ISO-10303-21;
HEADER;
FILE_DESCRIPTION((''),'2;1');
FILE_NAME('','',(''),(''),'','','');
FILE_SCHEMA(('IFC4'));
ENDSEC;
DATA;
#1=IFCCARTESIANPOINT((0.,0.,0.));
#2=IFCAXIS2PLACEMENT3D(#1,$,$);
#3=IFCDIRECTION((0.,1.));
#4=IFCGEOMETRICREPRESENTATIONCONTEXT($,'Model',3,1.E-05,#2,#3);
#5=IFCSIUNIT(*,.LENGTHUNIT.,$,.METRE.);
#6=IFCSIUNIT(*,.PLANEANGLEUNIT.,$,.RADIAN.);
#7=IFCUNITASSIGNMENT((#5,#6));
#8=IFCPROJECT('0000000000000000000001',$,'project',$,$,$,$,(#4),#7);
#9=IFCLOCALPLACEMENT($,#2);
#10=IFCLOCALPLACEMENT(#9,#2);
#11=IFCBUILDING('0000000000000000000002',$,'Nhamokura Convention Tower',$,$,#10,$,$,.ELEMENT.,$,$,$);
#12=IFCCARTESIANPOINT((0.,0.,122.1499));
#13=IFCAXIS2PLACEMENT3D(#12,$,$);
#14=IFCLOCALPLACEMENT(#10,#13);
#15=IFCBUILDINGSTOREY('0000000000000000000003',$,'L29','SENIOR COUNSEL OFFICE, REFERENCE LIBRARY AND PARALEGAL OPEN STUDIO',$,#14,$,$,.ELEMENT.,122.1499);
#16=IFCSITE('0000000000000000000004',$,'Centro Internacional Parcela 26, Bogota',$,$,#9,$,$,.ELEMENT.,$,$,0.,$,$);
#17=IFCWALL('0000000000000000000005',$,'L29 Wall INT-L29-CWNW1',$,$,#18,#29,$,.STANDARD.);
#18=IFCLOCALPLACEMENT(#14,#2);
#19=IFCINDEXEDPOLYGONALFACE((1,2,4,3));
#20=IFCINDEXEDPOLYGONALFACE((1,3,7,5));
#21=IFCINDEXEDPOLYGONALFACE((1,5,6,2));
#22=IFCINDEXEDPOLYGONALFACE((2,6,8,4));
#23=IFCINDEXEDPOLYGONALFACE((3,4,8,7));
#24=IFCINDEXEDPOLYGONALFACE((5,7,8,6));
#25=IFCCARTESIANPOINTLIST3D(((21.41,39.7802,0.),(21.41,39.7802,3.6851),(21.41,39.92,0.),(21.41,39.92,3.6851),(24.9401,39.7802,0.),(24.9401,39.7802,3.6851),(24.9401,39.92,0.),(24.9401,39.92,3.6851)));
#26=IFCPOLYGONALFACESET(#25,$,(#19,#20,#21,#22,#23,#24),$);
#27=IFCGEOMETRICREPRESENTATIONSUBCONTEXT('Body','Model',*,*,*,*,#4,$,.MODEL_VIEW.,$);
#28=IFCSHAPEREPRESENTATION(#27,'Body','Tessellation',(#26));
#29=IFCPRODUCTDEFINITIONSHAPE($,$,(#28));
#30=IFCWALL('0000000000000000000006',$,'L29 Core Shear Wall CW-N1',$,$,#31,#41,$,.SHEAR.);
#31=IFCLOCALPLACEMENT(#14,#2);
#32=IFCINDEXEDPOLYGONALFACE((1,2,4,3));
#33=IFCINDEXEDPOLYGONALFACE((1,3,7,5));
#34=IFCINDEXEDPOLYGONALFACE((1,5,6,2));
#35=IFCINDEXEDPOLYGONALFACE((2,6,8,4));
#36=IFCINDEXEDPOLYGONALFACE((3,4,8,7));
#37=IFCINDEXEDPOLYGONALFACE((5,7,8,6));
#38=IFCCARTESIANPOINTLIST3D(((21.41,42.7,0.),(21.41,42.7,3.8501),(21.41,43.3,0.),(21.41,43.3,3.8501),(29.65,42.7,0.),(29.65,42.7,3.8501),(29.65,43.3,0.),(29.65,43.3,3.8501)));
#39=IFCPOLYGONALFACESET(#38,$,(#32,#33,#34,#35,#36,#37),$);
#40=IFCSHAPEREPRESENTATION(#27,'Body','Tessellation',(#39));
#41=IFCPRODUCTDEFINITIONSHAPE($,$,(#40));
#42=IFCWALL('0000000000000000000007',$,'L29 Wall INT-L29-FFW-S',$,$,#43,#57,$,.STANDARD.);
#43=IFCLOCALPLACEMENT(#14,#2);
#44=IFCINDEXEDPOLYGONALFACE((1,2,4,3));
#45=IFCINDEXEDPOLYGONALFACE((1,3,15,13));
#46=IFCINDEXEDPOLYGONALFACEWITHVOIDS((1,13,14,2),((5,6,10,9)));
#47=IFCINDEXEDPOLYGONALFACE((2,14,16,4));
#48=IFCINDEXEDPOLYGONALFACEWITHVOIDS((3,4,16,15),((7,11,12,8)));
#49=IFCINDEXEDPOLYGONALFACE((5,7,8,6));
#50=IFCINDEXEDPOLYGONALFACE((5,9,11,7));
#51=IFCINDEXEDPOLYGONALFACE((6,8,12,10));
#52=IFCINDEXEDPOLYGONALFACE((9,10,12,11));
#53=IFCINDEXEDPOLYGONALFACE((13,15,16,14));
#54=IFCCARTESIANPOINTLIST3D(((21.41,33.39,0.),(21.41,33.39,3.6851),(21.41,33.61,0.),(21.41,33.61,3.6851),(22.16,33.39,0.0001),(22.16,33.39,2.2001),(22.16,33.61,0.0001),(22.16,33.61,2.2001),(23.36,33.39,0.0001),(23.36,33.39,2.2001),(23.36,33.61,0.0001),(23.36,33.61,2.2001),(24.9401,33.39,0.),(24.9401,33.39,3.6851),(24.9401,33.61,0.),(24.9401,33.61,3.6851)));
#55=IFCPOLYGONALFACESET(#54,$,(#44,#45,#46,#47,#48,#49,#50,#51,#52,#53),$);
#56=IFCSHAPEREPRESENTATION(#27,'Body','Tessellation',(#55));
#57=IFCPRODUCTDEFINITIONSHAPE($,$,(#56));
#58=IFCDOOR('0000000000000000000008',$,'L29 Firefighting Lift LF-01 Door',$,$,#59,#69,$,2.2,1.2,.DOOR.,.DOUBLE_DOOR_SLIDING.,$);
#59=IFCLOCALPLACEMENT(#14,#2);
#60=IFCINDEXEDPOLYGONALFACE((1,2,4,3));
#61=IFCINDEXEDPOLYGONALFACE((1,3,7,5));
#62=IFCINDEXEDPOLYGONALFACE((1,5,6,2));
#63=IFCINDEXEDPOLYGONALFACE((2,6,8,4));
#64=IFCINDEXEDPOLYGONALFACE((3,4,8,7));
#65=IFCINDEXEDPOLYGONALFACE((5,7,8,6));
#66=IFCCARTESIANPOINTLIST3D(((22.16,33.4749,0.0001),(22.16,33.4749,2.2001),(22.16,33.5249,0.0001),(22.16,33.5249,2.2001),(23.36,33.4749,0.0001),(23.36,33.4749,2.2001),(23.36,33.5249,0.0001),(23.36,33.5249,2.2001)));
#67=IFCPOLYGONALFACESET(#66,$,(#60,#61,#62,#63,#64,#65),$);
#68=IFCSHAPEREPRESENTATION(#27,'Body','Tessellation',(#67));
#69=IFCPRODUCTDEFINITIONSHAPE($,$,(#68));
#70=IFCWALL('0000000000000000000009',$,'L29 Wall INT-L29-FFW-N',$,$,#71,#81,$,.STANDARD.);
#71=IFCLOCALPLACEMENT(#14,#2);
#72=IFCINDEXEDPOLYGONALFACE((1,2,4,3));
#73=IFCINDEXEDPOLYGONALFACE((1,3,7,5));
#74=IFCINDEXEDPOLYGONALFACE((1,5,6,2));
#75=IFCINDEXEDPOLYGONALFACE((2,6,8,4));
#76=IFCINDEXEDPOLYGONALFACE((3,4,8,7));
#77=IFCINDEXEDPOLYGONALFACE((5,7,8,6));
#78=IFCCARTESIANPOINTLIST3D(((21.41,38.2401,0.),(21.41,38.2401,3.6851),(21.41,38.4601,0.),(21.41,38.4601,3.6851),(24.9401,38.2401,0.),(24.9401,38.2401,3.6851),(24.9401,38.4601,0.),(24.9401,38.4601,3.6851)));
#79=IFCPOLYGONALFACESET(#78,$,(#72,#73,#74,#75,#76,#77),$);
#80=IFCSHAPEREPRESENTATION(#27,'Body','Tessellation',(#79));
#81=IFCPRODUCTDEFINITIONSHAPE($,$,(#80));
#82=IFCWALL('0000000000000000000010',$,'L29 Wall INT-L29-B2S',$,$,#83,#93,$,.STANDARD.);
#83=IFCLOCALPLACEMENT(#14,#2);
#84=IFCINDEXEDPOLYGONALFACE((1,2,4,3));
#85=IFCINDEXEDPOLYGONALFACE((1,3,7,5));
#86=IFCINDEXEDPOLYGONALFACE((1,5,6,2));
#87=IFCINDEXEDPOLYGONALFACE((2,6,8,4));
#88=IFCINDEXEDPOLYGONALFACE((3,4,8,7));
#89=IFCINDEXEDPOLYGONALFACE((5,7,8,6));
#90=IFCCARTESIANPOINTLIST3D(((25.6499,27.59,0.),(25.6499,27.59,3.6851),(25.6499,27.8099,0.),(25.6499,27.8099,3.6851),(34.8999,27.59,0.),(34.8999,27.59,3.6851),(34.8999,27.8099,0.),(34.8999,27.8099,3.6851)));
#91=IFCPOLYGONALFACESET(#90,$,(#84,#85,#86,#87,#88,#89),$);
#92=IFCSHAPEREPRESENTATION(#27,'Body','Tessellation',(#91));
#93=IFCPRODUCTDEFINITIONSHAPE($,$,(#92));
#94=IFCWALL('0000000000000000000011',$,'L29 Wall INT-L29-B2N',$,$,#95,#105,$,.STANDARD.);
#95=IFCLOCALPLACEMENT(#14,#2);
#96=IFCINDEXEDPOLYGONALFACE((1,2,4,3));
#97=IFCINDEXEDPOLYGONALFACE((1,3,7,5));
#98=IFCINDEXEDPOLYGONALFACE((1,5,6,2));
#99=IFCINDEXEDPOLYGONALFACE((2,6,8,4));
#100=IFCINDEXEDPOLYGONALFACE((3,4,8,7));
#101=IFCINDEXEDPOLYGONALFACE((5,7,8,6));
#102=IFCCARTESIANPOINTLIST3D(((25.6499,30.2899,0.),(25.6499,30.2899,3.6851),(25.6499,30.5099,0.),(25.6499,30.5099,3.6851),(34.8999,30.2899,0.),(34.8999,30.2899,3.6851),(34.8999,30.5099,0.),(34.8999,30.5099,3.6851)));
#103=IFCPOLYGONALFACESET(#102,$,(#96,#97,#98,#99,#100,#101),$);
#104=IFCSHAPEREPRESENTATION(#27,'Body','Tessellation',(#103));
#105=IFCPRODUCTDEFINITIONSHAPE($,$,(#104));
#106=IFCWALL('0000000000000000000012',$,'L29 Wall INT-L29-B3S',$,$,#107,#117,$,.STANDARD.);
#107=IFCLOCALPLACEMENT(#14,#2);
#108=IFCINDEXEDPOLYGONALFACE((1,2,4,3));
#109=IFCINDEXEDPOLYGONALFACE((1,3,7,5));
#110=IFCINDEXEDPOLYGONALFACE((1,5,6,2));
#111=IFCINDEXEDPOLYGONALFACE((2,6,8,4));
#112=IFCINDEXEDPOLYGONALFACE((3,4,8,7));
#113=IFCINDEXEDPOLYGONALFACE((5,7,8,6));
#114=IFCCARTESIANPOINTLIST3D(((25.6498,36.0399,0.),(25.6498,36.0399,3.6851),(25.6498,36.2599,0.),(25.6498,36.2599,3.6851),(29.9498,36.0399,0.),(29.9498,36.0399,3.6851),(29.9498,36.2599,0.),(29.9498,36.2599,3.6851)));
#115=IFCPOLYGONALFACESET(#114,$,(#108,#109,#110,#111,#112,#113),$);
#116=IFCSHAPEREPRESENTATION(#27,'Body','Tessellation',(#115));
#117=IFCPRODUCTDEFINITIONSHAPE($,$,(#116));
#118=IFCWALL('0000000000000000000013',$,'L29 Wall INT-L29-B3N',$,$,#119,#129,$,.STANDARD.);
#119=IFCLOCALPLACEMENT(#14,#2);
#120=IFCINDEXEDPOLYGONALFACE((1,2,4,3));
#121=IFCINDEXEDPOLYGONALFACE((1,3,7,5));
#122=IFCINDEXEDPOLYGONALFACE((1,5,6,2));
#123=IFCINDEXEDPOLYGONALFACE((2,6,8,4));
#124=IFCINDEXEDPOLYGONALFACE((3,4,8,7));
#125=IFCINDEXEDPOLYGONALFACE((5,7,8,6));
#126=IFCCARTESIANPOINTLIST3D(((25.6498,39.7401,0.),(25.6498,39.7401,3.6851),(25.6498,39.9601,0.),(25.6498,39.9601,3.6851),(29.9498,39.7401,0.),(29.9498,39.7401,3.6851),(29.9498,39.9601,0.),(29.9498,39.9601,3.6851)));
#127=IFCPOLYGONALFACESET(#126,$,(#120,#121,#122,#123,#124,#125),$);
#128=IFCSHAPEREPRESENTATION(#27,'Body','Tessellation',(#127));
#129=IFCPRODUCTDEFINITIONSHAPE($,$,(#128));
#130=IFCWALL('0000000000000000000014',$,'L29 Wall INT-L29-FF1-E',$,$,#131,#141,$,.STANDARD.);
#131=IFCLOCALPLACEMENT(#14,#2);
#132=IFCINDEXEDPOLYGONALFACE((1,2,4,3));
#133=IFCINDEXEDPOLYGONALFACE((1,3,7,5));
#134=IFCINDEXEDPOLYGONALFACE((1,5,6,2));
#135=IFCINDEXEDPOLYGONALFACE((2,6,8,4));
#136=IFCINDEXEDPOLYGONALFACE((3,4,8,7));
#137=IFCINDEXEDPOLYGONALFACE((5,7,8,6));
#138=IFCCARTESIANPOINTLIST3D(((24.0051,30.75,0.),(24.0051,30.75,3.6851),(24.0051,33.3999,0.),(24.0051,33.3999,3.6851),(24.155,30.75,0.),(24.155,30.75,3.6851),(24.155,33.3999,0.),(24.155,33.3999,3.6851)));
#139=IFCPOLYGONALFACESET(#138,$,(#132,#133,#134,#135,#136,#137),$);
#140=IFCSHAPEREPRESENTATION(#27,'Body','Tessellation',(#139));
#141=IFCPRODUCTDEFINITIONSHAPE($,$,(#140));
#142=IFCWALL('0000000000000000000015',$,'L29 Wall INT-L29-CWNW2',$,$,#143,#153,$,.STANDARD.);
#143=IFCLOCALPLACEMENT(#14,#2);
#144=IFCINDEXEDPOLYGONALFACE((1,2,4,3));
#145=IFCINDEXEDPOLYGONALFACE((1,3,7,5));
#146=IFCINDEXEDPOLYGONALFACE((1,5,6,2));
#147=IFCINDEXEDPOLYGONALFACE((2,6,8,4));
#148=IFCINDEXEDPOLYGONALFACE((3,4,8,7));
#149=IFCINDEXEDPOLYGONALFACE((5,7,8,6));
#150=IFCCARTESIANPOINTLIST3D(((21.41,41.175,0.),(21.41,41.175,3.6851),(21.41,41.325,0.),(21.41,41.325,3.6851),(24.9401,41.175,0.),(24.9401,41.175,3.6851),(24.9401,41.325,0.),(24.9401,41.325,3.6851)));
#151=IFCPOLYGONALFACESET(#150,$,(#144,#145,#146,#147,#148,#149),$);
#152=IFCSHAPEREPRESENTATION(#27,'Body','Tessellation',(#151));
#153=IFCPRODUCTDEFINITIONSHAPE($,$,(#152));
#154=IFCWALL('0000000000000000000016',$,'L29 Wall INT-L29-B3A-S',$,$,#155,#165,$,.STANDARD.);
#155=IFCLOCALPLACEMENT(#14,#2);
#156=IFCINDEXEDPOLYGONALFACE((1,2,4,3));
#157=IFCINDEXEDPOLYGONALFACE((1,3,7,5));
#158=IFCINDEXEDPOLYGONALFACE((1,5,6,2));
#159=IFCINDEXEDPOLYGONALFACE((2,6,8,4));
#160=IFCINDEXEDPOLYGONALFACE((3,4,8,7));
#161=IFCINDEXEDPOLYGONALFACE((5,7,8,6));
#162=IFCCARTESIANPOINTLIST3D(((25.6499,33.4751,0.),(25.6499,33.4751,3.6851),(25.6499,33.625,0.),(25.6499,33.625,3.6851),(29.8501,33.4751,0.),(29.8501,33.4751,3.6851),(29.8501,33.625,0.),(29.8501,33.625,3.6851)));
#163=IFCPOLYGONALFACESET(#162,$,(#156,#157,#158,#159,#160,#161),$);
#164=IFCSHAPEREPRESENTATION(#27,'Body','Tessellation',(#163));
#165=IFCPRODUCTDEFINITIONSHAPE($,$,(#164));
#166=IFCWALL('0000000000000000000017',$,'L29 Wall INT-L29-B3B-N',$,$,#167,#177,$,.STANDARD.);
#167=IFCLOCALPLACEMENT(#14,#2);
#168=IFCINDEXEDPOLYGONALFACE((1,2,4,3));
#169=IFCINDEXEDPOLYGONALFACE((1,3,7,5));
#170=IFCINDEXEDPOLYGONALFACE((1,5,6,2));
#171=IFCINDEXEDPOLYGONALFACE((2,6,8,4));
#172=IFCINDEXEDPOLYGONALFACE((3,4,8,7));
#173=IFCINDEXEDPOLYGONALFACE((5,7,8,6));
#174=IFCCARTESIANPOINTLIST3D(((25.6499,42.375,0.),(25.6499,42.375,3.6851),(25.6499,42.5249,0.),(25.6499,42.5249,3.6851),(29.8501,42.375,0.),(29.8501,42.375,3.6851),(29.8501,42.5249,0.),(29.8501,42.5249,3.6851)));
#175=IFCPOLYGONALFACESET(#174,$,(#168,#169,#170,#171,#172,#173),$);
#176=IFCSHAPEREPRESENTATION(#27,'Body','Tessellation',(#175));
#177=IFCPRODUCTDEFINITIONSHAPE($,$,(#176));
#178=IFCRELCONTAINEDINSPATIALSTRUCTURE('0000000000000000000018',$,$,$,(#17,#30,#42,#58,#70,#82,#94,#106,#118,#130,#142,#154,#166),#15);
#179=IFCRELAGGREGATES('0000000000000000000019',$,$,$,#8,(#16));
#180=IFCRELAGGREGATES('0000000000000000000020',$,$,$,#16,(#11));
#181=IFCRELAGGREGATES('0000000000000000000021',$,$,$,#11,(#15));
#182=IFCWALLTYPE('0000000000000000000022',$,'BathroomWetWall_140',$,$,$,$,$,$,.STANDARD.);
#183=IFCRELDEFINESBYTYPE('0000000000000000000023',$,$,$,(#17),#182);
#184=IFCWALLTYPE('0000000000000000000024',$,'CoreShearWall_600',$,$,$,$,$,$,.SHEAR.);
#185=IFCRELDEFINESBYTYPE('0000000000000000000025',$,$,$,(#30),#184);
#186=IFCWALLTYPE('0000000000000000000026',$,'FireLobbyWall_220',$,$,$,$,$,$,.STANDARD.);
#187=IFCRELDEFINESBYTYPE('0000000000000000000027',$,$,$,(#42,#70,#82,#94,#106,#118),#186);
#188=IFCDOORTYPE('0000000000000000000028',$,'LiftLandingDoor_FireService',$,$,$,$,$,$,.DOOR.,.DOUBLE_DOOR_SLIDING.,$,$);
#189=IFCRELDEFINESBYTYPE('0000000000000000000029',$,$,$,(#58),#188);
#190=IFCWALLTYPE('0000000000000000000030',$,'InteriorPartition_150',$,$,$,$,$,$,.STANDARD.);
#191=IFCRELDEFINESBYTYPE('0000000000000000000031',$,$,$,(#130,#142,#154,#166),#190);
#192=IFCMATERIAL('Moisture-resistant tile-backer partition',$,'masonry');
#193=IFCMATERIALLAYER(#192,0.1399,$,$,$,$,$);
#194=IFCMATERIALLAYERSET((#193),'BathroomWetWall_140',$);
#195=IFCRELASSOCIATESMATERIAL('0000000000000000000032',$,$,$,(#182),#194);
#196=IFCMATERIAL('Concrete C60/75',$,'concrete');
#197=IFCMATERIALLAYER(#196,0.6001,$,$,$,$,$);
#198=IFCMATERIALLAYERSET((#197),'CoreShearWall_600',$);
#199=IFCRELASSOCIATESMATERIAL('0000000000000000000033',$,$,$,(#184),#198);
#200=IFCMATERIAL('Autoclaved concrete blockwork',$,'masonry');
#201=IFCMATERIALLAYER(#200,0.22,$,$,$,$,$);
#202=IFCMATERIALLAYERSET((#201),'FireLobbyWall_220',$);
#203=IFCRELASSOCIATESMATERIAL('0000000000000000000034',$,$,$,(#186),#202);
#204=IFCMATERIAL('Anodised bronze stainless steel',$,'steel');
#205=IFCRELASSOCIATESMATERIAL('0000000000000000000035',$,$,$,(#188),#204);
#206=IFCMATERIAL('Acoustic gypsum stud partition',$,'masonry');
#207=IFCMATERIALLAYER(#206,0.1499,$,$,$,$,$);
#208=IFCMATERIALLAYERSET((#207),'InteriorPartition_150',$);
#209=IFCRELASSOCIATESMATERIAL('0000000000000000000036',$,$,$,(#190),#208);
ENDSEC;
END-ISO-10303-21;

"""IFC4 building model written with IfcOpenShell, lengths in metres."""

from ifc_helpers import new_model, si_unit, direction, frame, frame_2d, origin, place, context, subcontext, project, spatial, rectangle, extrude, material, layer, layer_set, type_object, element, fill, save


model = new_model("IFC4")

# Units and contexts
model_context = context("Model", 3, precision=1e-05, world=origin(), true_north=direction((0.0, 1.0)))
body_context = subcontext(model_context, "Body", "Model", "MODEL_VIEW")
ifc_project = project(units=[si_unit("LENGTHUNIT", "METRE"), si_unit("PLANEANGLEUNIT", "RADIAN")], contexts=[model_context])

# Site, building, storey
site_placement = place(None, origin())
site = spatial("IfcSite", under=ifc_project, at=site_placement, Name="Centro Internacional Parcela 26, Bogota", CompositionType="ELEMENT", RefElevation=0.0)
building_placement = place(site_placement, origin())
building = spatial("IfcBuilding", under=site, at=building_placement, Name="Nhamokura Convention Tower", CompositionType="ELEMENT")
storey_placement = place(building_placement, frame((0.0, 0.0, 122.1499)))
storey = spatial("IfcBuildingStorey", under=building, at=storey_placement, Name="L29", Description="SENIOR COUNSEL OFFICE, REFERENCE LIBRARY AND PARALEGAL OPEN STUDIO", CompositionType="ELEMENT", Elevation=122.1499)

# Walls
ifc_material_1 = material(Name="Moisture-resistant tile-backer partition", Category="masonry")
ifc_layer_1 = layer(ifc_material_1, 0.1399)
ifc_layer_set_1 = layer_set([ifc_layer_1], Name="BathroomWetWall_140")
wall_type_1 = type_object("IfcWallType", Name="BathroomWetWall_140", PredefinedType="STANDARD", material=ifc_layer_set_1)
wall_1_placement = place(storey_placement, frame((21.4099, 39.8501, 0.0), z_axis=(0.0, 0.0, 1.0), x_axis=(1.0, 0.0, 0.0)))
element("IfcWall", 1, at=wall_1_placement, inside=storey, type_object=wall_type_1, Name="L29 Wall INT-L29-CWNW1", PredefinedType="STANDARD", context=body_context, shape_type="SweptSolid", body=[
    extrude(rectangle(XDim=3.53, YDim=0.1399, at=frame_2d((1.7651, 0.0))), origin(), (0.0, 0.0, 1.0), 3.6851),
])
ifc_material_2 = material(Name="Concrete C60/75", Category="concrete")
ifc_layer_2 = layer(ifc_material_2, 0.6001)
ifc_layer_set_2 = layer_set([ifc_layer_2], Name="CoreShearWall_600")
wall_type_2 = type_object("IfcWallType", Name="CoreShearWall_600", PredefinedType="SHEAR", material=ifc_layer_set_2)
wall_2_placement = place(storey_placement, frame((21.4099, 43.0, 0.0), z_axis=(0.0, 0.0, 1.0), x_axis=(1.0, 0.0, 0.0)))
element("IfcWall", 2, at=wall_2_placement, inside=storey, type_object=wall_type_2, Name="L29 Core Shear Wall CW-N1", PredefinedType="SHEAR", context=body_context, shape_type="SweptSolid", body=[
    extrude(rectangle(XDim=8.24, YDim=0.6001, at=frame_2d((4.1201, 0.0))), origin(), (0.0, 0.0, 1.0), 3.8501),
])

# Wall, opening, door
ifc_material_3 = material(Name="Autoclaved concrete blockwork", Category="masonry")
ifc_layer_3 = layer(ifc_material_3, 0.22)
ifc_layer_set_3 = layer_set([ifc_layer_3], Name="FireLobbyWall_220")
wall_type_3 = type_object("IfcWallType", Name="FireLobbyWall_220", PredefinedType="STANDARD", material=ifc_layer_set_3)
wall_3_placement = place(storey_placement, frame((21.4099, 33.5, 0.0), z_axis=(0.0, 0.0, 1.0), x_axis=(1.0, 0.0, 0.0)))
wall_3 = element("IfcWall", 3, at=wall_3_placement, inside=storey, type_object=wall_type_3, Name="L29 Wall INT-L29-FFW-S", PredefinedType="STANDARD", context=body_context, shape_type="SweptSolid", body=[
    extrude(rectangle(XDim=3.53, YDim=0.22, at=frame_2d((1.7651, 0.0))), origin(), (0.0, 0.0, 1.0), 3.6851),
])
opening_1_placement = place(wall_3_placement, frame((0.75, 0.0, 0.0)))
opening_1 = element("IfcOpeningElement", 4, at=opening_1_placement, cuts=wall_3, PredefinedType="OPENING", context=body_context, shape_type="SweptSolid", body=[
    extrude(rectangle(XDim=1.2, YDim=2.2, at=frame_2d((0.6001, 1.1001))), frame((0.0, 0.1199, 0.0), z_axis=(0.0, -1.0, 0.0), x_axis=(1.0, 0.0, 0.0)), (0.0, 0.0, 1.0), 0.24),
])
ifc_material_4 = material(Name="Anodised bronze stainless steel", Category="steel")
door_type_1 = type_object("IfcDoorType", Name="LiftLandingDoor_FireService", OperationType="DOUBLE_DOOR_SLIDING", PredefinedType="DOOR", material=ifc_material_4)
door_1_placement = place(opening_1_placement, origin())
door_1 = element("IfcDoor", 5, at=door_1_placement, inside=storey, type_object=door_type_1, Name="L29 Firefighting Lift LF-01 Door", OperationType="DOUBLE_DOOR_SLIDING", OverallHeight=2.2, OverallWidth=1.2, PredefinedType="DOOR", context=body_context, shape_type="SweptSolid", body=[
    extrude(rectangle(XDim=1.2, YDim=2.2, at=frame_2d((0.6001, 1.1001))), frame((0.0, 0.0249, 0.0), z_axis=(0.0, -1.0, 0.0), x_axis=(1.0, 0.0, 0.0)), (0.0, 0.0, 1.0), 0.05),
])
fill(opening_1, door_1)

# Walls
wall_4_placement = place(storey_placement, frame((21.4099, 38.3501, 0.0), z_axis=(0.0, 0.0, 1.0), x_axis=(1.0, 0.0, 0.0)))
element("IfcWall", 6, at=wall_4_placement, inside=storey, type_object=wall_type_3, Name="L29 Wall INT-L29-FFW-N", PredefinedType="STANDARD", context=body_context, shape_type="SweptSolid", body=[
    extrude(rectangle(XDim=3.53, YDim=0.22, at=frame_2d((1.7651, 0.0))), origin(), (0.0, 0.0, 1.0), 3.6851),
])
for number, where, z_axis, x_axis, name in (
    (7, (25.6499, 27.7, 0.0), (0.0, 0.0, 1.0), (1.0, 0.0, 0.0), "L29 Wall INT-L29-B2S"),
    (8, (25.6499, 30.3999, 0.0), (0.0, 0.0, 1.0), (1.0, 0.0, 0.0), "L29 Wall INT-L29-B2N"),
):
    element("IfcWall", number, at=place(storey_placement, frame(where, z_axis=z_axis, x_axis=x_axis)), inside=storey, type_object=wall_type_3, Name=name, PredefinedType="STANDARD", context=body_context, shape_type="SweptSolid", body=[
        extrude(rectangle(XDim=9.25, YDim=0.22, at=frame_2d((4.625, 0.0))), origin(), (0.0, 0.0, 1.0), 3.6851),
    ])
for number, where, z_axis, x_axis, name in (
    (9, (25.6499, 36.1499, 0.0), (0.0, 0.0, 1.0), (1.0, 0.0, 0.0), "L29 Wall INT-L29-B3S"),
    (10, (25.6499, 39.8501, 0.0), (0.0, 0.0, 1.0), (1.0, 0.0, 0.0), "L29 Wall INT-L29-B3N"),
):
    element("IfcWall", number, at=place(storey_placement, frame(where, z_axis=z_axis, x_axis=x_axis)), inside=storey, type_object=wall_type_3, Name=name, PredefinedType="STANDARD", context=body_context, shape_type="SweptSolid", body=[
        extrude(rectangle(XDim=4.3, YDim=0.22, at=frame_2d((2.1499, 0.0))), origin(), (0.0, 0.0, 1.0), 3.6851),
    ])
ifc_material_5 = material(Name="Acoustic gypsum stud partition", Category="masonry")
ifc_layer_4 = layer(ifc_material_5, 0.1499)
ifc_layer_set_4 = layer_set([ifc_layer_4], Name="InteriorPartition_150")
wall_type_4 = type_object("IfcWallType", Name="InteriorPartition_150", PredefinedType="STANDARD", material=ifc_layer_set_4)
wall_5_placement = place(storey_placement, frame((24.0801, 30.75, 0.0), z_axis=(0.0, 0.0, 1.0), x_axis=(0.0, 1.0, 0.0)))
element("IfcWall", 11, at=wall_5_placement, inside=storey, type_object=wall_type_4, Name="L29 Wall INT-L29-FF1-E", PredefinedType="STANDARD", context=body_context, shape_type="SweptSolid", body=[
    extrude(rectangle(XDim=2.6499, YDim=0.1499, at=frame_2d((1.325, 0.0))), origin(), (0.0, 0.0, 1.0), 3.6851),
])
wall_6_placement = place(storey_placement, frame((21.4099, 41.25, 0.0), z_axis=(0.0, 0.0, 1.0), x_axis=(1.0, 0.0, 0.0)))
element("IfcWall", 12, at=wall_6_placement, inside=storey, type_object=wall_type_4, Name="L29 Wall INT-L29-CWNW2", PredefinedType="STANDARD", context=body_context, shape_type="SweptSolid", body=[
    extrude(rectangle(XDim=3.53, YDim=0.1499, at=frame_2d((1.7651, 0.0))), origin(), (0.0, 0.0, 1.0), 3.6851),
])
for number, where, z_axis, x_axis, name in (
    (13, (25.6499, 33.55, 0.0), (0.0, 0.0, 1.0), (1.0, 0.0, 0.0), "L29 Wall INT-L29-B3A-S"),
    (14, (25.6499, 42.45, 0.0), (0.0, 0.0, 1.0), (1.0, 0.0, 0.0), "L29 Wall INT-L29-B3B-N"),
):
    element("IfcWall", number, at=place(storey_placement, frame(where, z_axis=z_axis, x_axis=x_axis)), inside=storey, type_object=wall_type_4, Name=name, PredefinedType="STANDARD", context=body_context, shape_type="SweptSolid", body=[
        extrude(rectangle(XDim=4.2002, YDim=0.1499, at=frame_2d((2.1001, 0.0))), origin(), (0.0, 0.0, 1.0), 3.6851),
    ])

save(model, "model.ifc")
